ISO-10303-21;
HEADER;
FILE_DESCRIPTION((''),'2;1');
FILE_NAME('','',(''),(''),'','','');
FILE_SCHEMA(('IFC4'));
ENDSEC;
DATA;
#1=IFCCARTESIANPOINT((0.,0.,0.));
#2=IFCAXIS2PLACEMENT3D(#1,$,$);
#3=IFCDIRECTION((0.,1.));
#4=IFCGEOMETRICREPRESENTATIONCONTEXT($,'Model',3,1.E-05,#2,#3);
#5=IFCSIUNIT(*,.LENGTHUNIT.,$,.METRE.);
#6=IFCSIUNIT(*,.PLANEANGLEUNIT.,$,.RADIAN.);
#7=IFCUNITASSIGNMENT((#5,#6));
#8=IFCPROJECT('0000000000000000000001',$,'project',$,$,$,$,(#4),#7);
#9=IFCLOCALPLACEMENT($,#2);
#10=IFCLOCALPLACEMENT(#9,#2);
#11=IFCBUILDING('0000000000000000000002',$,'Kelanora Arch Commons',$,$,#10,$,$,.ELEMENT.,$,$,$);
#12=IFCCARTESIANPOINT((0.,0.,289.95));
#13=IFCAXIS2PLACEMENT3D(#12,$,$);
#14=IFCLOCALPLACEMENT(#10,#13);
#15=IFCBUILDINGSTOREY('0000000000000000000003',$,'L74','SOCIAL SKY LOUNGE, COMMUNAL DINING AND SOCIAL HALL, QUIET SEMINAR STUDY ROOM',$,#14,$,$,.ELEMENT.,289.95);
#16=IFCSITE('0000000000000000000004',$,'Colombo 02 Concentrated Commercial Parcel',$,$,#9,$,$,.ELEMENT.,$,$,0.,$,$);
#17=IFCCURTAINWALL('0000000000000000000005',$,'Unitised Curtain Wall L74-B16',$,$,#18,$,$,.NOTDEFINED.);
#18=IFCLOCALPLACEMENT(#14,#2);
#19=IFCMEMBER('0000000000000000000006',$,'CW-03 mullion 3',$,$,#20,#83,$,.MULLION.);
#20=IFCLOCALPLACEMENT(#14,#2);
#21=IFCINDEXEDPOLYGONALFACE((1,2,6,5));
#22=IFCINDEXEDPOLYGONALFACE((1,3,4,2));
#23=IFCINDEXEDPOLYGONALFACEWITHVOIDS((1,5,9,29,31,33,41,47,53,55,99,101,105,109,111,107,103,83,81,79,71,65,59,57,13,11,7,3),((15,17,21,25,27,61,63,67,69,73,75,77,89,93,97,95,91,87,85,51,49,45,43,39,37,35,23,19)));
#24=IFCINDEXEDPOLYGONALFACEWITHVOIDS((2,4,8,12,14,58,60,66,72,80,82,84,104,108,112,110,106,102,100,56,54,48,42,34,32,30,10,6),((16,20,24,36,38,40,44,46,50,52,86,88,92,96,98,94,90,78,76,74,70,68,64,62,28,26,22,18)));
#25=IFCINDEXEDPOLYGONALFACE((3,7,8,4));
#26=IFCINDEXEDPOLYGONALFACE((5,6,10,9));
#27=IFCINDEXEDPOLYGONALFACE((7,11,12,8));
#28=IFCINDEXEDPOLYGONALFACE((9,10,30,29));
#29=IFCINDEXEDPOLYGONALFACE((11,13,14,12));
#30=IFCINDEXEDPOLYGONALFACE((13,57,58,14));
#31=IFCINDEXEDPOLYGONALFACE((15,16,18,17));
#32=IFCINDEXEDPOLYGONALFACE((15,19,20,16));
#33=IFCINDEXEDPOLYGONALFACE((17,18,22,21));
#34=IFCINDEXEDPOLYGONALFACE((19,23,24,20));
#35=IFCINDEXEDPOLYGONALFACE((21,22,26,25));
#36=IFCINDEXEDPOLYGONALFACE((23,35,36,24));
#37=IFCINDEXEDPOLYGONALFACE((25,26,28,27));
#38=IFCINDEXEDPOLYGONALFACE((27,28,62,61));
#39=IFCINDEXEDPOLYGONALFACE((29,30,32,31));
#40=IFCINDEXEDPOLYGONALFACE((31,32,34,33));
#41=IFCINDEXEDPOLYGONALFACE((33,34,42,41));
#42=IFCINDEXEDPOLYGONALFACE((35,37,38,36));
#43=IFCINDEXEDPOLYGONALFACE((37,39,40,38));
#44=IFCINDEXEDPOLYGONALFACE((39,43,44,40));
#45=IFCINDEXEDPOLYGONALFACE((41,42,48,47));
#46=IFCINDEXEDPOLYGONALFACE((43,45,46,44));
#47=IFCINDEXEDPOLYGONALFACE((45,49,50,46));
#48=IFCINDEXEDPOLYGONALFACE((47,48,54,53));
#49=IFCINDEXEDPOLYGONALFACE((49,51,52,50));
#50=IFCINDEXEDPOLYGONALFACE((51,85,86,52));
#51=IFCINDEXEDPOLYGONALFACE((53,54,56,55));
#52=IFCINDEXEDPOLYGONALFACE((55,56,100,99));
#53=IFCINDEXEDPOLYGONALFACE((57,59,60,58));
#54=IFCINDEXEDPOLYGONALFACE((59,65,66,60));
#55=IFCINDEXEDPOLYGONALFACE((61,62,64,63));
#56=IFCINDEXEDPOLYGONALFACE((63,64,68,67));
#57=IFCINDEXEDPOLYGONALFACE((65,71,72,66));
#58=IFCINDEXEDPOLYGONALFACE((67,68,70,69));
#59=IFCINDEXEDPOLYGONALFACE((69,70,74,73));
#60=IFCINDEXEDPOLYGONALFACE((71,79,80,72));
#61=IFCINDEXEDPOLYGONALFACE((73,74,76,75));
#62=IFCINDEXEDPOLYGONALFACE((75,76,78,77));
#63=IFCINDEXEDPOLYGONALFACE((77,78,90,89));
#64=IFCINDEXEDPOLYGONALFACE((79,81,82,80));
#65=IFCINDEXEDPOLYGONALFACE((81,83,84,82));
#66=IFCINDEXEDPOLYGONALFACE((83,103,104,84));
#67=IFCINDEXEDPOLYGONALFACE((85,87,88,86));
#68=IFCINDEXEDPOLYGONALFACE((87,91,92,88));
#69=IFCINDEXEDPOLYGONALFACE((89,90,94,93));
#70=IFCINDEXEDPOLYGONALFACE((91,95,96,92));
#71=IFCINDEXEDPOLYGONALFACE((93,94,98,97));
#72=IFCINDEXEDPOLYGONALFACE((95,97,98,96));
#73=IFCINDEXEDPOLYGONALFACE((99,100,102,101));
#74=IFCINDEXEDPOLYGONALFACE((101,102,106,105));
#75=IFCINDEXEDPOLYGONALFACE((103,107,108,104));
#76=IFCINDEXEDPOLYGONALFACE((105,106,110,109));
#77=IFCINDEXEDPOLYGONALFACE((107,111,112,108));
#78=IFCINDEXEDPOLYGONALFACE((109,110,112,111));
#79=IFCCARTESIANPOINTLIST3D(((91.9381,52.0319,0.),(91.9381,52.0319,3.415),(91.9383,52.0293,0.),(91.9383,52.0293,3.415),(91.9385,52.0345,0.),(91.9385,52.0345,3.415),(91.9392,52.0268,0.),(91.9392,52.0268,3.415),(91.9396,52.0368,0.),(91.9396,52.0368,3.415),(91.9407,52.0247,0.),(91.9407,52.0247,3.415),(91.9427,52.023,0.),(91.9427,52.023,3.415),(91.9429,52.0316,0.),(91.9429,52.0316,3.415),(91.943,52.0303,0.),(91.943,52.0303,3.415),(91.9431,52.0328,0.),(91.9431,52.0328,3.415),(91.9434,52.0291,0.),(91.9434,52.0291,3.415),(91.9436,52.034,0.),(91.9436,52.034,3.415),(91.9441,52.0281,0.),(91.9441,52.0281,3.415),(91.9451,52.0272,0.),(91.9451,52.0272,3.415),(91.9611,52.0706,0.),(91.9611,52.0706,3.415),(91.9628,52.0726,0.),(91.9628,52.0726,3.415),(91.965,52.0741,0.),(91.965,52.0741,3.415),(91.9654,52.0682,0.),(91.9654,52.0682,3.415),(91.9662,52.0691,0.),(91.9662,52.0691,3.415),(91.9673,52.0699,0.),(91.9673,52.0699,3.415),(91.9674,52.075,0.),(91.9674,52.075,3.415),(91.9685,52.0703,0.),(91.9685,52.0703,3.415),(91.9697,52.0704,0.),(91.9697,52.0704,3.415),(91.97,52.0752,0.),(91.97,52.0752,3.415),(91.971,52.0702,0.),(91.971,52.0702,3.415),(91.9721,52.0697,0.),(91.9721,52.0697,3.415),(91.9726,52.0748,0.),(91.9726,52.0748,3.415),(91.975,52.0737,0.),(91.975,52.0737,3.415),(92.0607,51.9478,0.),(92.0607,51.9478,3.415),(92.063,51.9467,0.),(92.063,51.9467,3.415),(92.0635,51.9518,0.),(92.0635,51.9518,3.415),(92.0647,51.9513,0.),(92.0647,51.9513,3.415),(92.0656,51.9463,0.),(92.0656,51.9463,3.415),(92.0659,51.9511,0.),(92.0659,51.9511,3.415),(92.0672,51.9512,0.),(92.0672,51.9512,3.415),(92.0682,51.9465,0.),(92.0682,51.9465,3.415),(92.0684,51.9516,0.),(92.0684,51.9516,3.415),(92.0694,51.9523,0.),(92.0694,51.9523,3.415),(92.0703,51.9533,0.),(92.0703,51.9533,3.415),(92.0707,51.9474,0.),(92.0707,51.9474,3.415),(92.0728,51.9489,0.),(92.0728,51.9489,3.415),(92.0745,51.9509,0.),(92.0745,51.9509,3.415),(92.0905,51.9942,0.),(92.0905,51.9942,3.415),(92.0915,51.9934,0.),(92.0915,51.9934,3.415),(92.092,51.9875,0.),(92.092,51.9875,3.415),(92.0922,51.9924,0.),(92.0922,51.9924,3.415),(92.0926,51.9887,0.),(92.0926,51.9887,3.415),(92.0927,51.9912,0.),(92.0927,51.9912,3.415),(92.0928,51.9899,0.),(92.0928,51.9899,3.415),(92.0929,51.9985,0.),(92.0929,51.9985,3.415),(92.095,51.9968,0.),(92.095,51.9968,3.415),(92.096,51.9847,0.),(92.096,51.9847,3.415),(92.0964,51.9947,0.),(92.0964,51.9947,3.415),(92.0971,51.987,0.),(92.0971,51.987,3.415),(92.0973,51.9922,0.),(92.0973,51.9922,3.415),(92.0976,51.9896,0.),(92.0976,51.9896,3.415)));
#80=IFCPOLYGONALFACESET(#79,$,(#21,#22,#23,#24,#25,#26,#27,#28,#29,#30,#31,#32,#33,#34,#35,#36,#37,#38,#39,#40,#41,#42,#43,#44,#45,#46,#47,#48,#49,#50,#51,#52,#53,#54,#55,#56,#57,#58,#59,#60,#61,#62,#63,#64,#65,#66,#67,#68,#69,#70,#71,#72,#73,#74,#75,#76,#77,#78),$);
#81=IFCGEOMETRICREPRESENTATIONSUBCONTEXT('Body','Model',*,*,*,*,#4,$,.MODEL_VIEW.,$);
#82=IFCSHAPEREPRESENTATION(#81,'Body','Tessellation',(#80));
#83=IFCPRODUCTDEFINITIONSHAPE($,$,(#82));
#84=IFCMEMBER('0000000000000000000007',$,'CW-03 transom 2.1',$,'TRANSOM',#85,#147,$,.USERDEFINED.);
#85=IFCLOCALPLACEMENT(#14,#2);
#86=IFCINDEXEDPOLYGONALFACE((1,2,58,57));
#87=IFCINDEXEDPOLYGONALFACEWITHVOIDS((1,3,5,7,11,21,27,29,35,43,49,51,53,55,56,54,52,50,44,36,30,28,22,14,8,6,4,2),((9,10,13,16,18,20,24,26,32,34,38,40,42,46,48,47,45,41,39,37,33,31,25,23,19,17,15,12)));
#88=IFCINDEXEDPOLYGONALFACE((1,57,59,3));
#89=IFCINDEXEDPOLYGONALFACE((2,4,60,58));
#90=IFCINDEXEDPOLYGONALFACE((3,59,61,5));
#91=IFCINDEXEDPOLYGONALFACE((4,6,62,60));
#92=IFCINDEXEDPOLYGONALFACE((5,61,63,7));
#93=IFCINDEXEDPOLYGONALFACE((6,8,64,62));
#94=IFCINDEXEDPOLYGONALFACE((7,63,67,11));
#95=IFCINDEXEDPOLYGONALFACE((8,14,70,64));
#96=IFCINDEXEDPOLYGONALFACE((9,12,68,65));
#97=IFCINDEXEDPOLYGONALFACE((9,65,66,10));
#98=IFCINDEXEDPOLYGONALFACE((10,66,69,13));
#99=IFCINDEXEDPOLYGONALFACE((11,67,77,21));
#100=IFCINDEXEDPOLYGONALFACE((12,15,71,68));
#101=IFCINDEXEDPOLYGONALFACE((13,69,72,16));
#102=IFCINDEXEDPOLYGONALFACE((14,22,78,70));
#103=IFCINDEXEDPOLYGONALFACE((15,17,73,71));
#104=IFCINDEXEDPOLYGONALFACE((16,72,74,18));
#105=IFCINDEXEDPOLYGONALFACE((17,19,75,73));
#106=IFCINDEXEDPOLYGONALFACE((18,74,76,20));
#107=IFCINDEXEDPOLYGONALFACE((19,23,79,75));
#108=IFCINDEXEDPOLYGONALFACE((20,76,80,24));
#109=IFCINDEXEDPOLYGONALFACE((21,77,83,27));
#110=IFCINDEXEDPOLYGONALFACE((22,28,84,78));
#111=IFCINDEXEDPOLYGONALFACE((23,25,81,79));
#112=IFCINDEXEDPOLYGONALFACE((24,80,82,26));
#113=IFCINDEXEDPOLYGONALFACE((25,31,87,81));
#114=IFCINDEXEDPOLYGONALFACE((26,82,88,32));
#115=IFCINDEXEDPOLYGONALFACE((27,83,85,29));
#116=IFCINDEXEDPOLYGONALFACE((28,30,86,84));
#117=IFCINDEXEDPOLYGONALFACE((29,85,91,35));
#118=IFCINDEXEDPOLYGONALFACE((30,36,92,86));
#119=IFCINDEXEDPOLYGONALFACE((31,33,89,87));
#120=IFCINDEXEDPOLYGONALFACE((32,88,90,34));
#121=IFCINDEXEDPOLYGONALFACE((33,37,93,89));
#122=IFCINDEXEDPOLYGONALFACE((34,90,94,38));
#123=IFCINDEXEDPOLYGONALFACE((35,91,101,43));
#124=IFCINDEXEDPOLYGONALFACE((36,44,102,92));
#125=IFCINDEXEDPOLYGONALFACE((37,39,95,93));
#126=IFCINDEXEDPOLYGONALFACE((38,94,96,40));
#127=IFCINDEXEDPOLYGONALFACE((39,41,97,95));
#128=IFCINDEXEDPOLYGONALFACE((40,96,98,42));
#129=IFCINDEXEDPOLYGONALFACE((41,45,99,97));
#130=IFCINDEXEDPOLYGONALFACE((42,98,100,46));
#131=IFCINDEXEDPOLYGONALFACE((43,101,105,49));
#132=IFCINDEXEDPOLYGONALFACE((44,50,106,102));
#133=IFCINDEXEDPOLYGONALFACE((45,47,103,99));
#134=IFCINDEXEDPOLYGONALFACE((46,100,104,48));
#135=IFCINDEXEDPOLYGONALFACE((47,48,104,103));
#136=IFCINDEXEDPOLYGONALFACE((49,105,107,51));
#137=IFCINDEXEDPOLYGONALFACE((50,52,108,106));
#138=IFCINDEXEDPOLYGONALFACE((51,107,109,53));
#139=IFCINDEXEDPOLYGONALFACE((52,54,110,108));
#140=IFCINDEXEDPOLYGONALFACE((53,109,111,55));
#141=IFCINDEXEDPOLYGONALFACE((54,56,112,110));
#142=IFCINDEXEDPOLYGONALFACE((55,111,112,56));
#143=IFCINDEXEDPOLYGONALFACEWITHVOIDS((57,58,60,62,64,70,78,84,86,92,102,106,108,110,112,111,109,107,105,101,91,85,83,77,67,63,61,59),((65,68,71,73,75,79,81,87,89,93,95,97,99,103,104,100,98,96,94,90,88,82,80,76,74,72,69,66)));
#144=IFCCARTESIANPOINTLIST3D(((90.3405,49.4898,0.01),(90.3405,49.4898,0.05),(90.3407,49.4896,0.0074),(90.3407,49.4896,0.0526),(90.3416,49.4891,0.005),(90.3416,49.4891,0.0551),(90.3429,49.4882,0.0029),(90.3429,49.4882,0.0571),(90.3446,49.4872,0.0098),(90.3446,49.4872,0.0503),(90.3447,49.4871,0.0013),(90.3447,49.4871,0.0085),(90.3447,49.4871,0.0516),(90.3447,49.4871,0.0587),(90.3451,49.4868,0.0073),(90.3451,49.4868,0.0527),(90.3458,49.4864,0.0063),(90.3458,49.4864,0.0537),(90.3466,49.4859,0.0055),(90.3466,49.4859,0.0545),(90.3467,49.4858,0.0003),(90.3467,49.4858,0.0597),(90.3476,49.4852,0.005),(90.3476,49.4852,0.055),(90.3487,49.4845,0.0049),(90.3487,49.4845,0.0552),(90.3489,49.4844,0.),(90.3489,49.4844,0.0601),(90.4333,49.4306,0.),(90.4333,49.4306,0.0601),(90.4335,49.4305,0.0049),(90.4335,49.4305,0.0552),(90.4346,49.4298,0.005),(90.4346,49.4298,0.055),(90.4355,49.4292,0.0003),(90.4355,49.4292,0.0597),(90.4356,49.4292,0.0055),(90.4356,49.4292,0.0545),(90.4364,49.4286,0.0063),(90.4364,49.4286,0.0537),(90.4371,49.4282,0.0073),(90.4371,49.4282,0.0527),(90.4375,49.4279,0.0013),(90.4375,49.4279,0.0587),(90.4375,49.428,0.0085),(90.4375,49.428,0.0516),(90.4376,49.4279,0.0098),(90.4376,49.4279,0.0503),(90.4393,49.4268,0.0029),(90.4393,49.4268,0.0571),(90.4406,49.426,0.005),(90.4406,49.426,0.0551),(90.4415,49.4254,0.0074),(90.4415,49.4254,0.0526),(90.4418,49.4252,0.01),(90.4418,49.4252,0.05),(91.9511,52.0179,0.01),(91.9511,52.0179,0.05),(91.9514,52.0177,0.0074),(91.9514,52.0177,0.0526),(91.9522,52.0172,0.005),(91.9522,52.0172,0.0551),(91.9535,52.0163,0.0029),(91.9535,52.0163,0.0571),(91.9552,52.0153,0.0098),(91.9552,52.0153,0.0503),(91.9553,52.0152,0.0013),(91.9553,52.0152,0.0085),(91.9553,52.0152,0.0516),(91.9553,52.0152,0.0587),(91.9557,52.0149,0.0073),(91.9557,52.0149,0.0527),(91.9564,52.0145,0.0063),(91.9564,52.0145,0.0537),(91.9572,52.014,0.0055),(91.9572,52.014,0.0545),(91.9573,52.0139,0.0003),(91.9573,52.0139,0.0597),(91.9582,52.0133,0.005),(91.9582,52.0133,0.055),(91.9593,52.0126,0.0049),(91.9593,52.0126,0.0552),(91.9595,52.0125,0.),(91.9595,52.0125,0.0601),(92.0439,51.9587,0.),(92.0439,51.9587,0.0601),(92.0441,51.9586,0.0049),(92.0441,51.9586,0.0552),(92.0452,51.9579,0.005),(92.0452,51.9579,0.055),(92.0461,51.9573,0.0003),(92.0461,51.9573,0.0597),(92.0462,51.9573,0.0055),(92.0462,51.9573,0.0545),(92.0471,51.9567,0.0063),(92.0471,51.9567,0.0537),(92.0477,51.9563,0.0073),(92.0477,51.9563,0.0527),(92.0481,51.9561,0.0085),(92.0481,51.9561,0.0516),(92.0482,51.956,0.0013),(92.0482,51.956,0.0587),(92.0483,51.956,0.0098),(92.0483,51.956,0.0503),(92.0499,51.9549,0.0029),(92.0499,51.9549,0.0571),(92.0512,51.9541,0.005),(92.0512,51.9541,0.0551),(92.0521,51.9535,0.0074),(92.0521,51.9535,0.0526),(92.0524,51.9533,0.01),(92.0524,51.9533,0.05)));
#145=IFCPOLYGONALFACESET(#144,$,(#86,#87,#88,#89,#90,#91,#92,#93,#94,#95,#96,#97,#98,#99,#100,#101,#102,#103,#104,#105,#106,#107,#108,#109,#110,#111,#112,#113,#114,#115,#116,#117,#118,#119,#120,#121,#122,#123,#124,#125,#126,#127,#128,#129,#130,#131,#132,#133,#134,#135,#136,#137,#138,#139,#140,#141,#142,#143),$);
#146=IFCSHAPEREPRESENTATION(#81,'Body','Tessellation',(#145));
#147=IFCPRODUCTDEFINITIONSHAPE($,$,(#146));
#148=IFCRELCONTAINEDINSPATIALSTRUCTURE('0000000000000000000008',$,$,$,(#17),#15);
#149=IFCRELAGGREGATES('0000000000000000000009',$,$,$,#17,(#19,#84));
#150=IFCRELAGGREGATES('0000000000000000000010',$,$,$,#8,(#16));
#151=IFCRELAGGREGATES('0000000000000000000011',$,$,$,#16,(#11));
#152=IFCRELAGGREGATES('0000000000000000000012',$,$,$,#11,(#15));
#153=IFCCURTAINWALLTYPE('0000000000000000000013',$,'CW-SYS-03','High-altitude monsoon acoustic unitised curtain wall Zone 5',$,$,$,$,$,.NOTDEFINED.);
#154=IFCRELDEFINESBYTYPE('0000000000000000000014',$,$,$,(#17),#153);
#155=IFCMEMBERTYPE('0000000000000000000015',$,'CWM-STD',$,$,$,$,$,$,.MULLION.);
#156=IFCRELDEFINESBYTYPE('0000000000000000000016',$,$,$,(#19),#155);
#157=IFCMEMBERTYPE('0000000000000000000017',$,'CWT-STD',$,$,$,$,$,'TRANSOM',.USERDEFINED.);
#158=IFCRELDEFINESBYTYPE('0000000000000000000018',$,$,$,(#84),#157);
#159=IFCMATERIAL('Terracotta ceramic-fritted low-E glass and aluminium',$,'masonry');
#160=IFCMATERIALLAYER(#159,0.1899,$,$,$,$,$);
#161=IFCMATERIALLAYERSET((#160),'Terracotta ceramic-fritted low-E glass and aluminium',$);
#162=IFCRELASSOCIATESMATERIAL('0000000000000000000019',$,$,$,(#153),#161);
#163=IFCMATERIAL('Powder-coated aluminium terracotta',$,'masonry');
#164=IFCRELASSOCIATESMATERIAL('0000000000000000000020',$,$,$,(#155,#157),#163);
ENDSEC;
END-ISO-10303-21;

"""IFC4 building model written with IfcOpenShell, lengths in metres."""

from ifc_helpers import new_model, si_unit, direction, frame, origin, origin_2d, place, context, subcontext, project, spatial, hollow_rectangle, extrude, material, layer, layer_set, material_profile, profile_set, type_object, element, aggregate, save


model = new_model("IFC4")

# Units and contexts
model_context = context("Model", 3, precision=1e-05, world=origin(), true_north=direction((0.0, 1.0)))
body_context = subcontext(model_context, "Body", "Model", "MODEL_VIEW")
ifc_project = project(units=[si_unit("LENGTHUNIT", "METRE"), si_unit("PLANEANGLEUNIT", "RADIAN")], contexts=[model_context])

# Site, building, storey
site_placement = place(None, origin())
site = spatial("IfcSite", under=ifc_project, at=site_placement, Name="Colombo 02 Concentrated Commercial Parcel", CompositionType="ELEMENT", RefElevation=0.0)
building_placement = place(site_placement, origin())
building = spatial("IfcBuilding", under=site, at=building_placement, Name="Kelanora Arch Commons", CompositionType="ELEMENT")
storey_placement = place(building_placement, frame((0.0, 0.0, 289.95)))
storey = spatial("IfcBuildingStorey", under=building, at=storey_placement, Name="L74", Description="SOCIAL SKY LOUNGE, COMMUNAL DINING AND SOCIAL HALL, QUIET SEMINAR STUDY ROOM", CompositionType="ELEMENT", Elevation=289.95)

# Curtain wall, members
ifc_material_1 = material(Name="Terracotta ceramic-fritted low-E glass and aluminium", Category="masonry")
ifc_layer_1 = layer(ifc_material_1, 0.1899)
ifc_layer_set_1 = layer_set([ifc_layer_1], Name="Terracotta ceramic-fritted low-E glass and aluminium")
curtain_wall_type = type_object("IfcCurtainWallType", Name="CW-SYS-03", Description="High-altitude monsoon acoustic unitised curtain wall Zone 5", PredefinedType="NOTDEFINED", material=ifc_layer_set_1)
curtain_wall_placement = place(storey_placement, origin())
curtain_wall = element("IfcCurtainWall", 1, at=curtain_wall_placement, inside=storey, type_object=curtain_wall_type, Name="Unitised Curtain Wall L74-B16", PredefinedType="NOTDEFINED")
ifc_material_2 = material(Name="Powder-coated aluminium terracotta", Category="masonry")
ifc_material_profile_1 = material_profile(ifc_material_2, hollow_rectangle(XDim=0.1599, YDim=0.0601, WallThickness=0.0049, InnerFilletRadius=0.0049, OuterFilletRadius=0.01, at=origin_2d()), Name="CWM160x60")
ifc_profile_set_1 = profile_set([ifc_material_profile_1], Name="Powder-coated aluminium terracotta")
member_type_1 = type_object("IfcMemberType", Name="CWM-STD", PredefinedType="MULLION", material=ifc_profile_set_1)
member_1_placement = place(storey_placement, frame((92.0178, 52.0107, 0.0), z_axis=(0.0, 0.0, 1.0), x_axis=(-0.843391, 0.5373, 0.0)))
member_1 = element("IfcMember", 2, at=member_1_placement, type_object=member_type_1, Name="CW-03 mullion 3", PredefinedType="MULLION", context=body_context, shape_type="SweptSolid", body=[
    extrude(hollow_rectangle(XDim=0.1599, YDim=0.0601, WallThickness=0.0049, InnerFilletRadius=0.0049, OuterFilletRadius=0.01, at=origin_2d()), origin(), (0.0, 0.0, 1.0), 3.415),
])
ifc_material_profile_2 = material_profile(ifc_material_2, hollow_rectangle(XDim=0.1201, YDim=0.0601, WallThickness=0.0049, InnerFilletRadius=0.0049, OuterFilletRadius=0.01, at=origin_2d()), Name="CWT120x60")
ifc_profile_set_2 = profile_set([ifc_material_profile_2], Name="Powder-coated aluminium terracotta")
member_type_2 = type_object("IfcMemberType", Name="CWT-STD", ElementType="TRANSOM", PredefinedType="USERDEFINED", material=ifc_profile_set_2)
member_2_placement = place(storey_placement, frame((90.3911, 49.4575, 0.03), z_axis=(0.537308, 0.843386, 0.0), x_axis=(-0.843386, 0.537308, 0.0)))
member_2 = element("IfcMember", 3, at=member_2_placement, type_object=member_type_2, Name="CW-03 transom 2.1", ObjectType="TRANSOM", PredefinedType="USERDEFINED", context=body_context, shape_type="SweptSolid", body=[
    extrude(hollow_rectangle(XDim=0.1201, YDim=0.0601, WallThickness=0.0049, InnerFilletRadius=0.0049, OuterFilletRadius=0.01, at=origin_2d()), origin(), (0.0, 0.0, 1.0), 2.9976),
])
aggregate(curtain_wall, [member_1, member_2])

save(model, "model.ifc")
